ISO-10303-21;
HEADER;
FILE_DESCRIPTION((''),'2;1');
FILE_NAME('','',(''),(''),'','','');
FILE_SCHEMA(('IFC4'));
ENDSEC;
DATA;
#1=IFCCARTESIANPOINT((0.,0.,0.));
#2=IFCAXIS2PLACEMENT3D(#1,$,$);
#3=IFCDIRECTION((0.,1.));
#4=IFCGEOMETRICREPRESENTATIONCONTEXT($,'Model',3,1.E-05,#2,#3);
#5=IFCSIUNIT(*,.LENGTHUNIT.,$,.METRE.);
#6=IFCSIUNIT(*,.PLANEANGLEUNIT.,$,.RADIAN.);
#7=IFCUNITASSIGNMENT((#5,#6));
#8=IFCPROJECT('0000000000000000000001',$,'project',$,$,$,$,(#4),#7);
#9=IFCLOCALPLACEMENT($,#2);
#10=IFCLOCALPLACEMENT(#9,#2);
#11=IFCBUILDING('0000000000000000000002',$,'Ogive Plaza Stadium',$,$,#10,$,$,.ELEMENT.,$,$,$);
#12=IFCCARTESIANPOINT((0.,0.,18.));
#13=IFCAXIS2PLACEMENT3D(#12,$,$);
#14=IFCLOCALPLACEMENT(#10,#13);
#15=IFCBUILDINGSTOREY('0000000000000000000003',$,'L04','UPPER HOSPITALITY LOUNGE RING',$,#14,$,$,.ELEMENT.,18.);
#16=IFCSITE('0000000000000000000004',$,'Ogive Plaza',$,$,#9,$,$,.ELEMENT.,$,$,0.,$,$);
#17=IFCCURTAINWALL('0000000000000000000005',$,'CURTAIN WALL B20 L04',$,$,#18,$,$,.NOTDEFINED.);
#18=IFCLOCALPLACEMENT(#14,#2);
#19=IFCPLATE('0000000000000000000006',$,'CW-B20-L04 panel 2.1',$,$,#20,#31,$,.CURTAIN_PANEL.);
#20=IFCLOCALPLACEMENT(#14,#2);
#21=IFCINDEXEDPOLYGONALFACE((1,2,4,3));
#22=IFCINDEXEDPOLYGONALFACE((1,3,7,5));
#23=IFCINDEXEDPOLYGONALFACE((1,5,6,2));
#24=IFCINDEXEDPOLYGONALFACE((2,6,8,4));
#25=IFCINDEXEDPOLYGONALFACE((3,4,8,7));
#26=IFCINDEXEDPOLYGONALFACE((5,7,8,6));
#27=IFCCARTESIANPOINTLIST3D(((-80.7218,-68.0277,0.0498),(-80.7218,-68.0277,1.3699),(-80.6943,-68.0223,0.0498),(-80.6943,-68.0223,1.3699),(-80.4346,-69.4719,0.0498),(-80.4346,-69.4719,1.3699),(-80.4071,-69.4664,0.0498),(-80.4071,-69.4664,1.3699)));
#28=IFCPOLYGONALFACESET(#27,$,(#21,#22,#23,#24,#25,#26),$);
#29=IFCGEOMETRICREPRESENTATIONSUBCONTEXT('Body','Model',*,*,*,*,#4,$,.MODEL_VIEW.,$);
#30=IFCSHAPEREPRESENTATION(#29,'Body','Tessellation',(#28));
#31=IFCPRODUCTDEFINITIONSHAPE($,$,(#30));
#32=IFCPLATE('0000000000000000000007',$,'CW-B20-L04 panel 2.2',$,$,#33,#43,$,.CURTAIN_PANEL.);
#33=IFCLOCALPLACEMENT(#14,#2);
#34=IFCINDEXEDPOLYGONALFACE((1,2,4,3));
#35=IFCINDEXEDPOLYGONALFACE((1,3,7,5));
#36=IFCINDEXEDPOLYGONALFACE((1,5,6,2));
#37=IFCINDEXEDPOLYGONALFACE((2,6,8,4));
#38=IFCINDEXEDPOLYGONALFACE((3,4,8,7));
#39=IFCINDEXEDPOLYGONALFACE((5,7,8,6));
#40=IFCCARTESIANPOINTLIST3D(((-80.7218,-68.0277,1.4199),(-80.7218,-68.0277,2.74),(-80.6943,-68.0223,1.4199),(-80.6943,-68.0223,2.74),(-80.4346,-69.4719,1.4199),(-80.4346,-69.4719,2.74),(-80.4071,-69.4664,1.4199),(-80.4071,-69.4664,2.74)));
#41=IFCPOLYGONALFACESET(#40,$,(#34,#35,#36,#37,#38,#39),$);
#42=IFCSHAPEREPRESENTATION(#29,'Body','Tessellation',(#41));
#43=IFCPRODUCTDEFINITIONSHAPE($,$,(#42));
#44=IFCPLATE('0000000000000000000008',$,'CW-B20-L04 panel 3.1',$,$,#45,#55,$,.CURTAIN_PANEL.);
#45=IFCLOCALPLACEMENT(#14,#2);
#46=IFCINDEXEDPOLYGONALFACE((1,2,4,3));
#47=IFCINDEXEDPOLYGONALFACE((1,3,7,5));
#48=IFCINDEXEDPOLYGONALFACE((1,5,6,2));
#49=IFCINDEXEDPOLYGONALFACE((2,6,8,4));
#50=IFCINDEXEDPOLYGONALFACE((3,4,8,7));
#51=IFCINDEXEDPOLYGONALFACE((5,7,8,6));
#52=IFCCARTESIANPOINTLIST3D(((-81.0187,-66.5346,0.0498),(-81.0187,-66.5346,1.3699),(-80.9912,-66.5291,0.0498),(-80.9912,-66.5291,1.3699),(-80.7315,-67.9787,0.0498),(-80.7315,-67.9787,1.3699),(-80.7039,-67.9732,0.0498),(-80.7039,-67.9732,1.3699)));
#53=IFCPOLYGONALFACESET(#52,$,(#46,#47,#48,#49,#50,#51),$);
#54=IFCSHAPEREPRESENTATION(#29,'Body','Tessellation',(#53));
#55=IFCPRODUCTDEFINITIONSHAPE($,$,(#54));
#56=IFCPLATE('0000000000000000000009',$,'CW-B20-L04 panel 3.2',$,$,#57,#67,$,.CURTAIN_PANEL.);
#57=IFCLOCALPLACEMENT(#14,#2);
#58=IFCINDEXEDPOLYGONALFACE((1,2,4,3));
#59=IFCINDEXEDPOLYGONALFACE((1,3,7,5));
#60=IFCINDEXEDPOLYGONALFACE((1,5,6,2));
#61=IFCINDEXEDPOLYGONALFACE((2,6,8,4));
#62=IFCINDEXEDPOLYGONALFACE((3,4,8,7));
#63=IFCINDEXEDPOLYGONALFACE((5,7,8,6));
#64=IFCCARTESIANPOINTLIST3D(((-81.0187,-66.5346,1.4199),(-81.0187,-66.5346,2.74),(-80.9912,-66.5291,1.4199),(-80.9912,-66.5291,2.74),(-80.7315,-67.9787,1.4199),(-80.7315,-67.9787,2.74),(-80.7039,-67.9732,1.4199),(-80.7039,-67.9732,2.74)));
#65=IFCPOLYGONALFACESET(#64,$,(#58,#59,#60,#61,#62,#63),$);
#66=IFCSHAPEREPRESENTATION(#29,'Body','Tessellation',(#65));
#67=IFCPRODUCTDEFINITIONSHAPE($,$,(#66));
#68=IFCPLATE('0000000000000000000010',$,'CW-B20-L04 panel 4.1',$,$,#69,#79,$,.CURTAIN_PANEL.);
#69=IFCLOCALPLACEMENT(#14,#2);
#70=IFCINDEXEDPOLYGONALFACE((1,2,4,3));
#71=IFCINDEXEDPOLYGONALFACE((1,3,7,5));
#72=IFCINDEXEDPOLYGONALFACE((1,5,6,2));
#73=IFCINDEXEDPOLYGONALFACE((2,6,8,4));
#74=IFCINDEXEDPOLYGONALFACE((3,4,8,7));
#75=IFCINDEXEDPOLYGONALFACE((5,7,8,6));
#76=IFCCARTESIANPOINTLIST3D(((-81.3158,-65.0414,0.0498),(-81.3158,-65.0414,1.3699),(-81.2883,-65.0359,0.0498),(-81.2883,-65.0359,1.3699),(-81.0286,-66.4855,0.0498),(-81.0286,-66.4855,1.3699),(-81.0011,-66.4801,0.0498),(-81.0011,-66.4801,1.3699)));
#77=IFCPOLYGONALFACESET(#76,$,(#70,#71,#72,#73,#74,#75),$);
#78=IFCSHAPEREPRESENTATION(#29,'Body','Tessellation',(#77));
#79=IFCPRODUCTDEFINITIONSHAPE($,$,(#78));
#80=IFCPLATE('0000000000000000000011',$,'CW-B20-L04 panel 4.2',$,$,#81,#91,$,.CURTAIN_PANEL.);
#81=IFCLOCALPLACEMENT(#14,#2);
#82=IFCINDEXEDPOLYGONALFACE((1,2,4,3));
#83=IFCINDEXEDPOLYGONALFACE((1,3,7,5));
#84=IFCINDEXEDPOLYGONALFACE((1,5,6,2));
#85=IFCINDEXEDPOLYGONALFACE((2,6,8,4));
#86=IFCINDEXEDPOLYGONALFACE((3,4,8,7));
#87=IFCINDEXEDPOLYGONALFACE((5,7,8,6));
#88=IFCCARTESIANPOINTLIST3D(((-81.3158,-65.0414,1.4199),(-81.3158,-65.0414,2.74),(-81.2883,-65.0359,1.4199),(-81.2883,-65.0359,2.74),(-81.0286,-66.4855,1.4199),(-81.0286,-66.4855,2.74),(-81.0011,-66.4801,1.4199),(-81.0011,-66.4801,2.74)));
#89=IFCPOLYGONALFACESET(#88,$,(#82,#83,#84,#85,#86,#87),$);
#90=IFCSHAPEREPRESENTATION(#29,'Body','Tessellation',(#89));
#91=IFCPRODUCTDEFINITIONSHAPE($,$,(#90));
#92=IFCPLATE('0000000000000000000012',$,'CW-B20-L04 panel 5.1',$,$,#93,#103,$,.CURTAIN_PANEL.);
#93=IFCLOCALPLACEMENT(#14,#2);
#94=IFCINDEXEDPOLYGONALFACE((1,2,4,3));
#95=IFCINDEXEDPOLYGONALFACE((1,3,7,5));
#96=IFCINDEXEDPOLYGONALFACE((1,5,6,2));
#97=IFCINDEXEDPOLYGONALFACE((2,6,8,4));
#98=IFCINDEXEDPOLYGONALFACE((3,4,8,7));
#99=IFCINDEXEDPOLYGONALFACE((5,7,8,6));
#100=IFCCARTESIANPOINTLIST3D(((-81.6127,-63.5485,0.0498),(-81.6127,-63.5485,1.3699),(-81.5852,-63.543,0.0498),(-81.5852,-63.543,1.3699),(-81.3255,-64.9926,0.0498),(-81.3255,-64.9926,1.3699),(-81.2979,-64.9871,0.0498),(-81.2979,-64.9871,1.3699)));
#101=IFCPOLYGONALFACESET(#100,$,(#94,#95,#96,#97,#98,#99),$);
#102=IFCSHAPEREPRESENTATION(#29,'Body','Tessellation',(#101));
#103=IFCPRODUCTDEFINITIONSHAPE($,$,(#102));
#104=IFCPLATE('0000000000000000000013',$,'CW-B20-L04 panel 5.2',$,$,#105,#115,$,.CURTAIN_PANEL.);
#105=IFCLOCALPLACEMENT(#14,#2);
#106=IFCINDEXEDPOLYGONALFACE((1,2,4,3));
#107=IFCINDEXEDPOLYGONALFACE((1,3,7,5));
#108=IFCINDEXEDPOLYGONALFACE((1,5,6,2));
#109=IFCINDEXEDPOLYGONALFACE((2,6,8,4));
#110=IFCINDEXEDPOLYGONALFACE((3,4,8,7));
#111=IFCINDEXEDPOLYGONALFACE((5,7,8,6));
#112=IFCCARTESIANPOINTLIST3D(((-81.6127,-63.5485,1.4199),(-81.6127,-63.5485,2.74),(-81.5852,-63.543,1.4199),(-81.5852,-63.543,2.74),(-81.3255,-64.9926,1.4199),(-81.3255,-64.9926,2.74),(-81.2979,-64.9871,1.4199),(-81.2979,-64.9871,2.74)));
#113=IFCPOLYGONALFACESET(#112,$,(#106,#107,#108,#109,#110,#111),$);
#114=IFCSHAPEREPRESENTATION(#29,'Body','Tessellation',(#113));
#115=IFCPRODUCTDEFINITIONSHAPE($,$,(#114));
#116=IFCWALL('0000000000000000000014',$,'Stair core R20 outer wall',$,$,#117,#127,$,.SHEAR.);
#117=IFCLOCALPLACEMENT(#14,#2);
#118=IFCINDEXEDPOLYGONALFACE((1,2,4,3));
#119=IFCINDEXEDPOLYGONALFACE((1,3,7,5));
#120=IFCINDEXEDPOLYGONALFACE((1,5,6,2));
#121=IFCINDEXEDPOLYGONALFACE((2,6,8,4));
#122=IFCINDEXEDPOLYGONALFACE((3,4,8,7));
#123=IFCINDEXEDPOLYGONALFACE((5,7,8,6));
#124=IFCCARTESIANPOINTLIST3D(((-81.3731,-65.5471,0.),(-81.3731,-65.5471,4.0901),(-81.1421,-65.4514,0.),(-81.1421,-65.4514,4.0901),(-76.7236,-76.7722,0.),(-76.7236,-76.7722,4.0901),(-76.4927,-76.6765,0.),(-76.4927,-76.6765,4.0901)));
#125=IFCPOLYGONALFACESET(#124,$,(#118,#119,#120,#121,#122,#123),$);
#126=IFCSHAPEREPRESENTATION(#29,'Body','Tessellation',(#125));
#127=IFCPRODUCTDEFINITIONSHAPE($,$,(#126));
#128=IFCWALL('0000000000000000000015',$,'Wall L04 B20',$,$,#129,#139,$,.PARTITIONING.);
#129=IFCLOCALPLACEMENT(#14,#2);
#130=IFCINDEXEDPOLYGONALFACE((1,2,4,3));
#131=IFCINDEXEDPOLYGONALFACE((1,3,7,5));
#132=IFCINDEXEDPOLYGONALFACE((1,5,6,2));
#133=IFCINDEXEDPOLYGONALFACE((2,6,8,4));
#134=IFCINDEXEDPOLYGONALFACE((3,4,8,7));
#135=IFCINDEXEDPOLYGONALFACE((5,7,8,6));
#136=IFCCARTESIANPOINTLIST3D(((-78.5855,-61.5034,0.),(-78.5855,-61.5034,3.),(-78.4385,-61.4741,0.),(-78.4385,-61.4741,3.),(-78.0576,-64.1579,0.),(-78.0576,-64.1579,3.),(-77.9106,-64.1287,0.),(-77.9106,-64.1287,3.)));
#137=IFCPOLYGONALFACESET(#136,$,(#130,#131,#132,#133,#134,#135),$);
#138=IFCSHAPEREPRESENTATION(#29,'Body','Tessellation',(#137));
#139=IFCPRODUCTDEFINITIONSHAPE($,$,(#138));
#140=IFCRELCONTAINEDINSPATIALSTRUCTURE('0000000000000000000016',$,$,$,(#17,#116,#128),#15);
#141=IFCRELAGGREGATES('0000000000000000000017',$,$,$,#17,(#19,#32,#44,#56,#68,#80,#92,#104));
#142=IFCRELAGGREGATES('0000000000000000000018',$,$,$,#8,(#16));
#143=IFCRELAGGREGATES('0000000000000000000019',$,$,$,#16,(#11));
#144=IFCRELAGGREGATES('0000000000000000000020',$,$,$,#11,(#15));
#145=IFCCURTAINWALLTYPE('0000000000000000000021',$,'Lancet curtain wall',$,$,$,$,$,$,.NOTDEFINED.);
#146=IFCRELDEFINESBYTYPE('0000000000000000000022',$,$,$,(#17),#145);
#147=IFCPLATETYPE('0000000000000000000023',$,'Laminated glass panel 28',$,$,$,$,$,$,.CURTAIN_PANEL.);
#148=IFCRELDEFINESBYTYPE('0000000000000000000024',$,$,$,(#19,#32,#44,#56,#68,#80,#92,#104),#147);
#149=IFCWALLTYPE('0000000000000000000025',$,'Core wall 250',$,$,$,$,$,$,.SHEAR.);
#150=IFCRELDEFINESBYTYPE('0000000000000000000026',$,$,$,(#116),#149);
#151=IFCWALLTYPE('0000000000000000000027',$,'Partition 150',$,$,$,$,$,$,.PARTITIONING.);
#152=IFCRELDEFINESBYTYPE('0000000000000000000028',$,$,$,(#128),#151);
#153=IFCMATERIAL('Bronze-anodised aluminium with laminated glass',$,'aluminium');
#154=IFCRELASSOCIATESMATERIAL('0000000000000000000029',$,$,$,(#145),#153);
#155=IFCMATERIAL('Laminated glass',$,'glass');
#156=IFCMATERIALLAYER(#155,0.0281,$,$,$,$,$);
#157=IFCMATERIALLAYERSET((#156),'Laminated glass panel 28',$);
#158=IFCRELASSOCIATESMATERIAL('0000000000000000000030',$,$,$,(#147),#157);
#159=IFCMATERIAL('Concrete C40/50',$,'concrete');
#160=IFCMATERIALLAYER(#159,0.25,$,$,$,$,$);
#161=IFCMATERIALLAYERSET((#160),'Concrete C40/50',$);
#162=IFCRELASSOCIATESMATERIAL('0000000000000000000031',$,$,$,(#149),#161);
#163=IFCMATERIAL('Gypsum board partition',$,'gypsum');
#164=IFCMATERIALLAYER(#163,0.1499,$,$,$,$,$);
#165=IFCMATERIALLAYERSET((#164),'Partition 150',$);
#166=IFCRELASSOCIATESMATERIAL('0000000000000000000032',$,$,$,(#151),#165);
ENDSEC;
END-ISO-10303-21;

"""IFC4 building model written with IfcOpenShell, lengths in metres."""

from ifc_helpers import new_model, si_unit, direction, frame, frame_2d, origin, origin_2d, place, context, subcontext, project, spatial, rectangle, extrude, material, layer, layer_set, type_object, element, aggregate, save


model = new_model("IFC4")

# Units and contexts
model_context = context("Model", 3, precision=1e-05, world=origin(), true_north=direction((0.0, 1.0)))
body_context = subcontext(model_context, "Body", "Model", "MODEL_VIEW")
ifc_project = project(units=[si_unit("LENGTHUNIT", "METRE"), si_unit("PLANEANGLEUNIT", "RADIAN")], contexts=[model_context])

# Site, building, storey
site_placement = place(None, origin())
site = spatial("IfcSite", under=ifc_project, at=site_placement, Name="Ogive Plaza", CompositionType="ELEMENT", RefElevation=0.0)
building_placement = place(site_placement, origin())
building = spatial("IfcBuilding", under=site, at=building_placement, Name="Ogive Plaza Stadium", CompositionType="ELEMENT")
storey_placement = place(building_placement, frame((0.0, 0.0, 18.0)))
storey = spatial("IfcBuildingStorey", under=building, at=storey_placement, Name="L04", Description="UPPER HOSPITALITY LOUNGE RING", CompositionType="ELEMENT", Elevation=18.0)

# Curtain wall, plates
ifc_material_1 = material(Name="Bronze-anodised aluminium with laminated glass", Category="aluminium")
curtain_wall_type = type_object("IfcCurtainWallType", Name="Lancet curtain wall", PredefinedType="NOTDEFINED", material=ifc_material_1)
curtain_wall_placement = place(storey_placement, origin())
curtain_wall = element("IfcCurtainWall", 1, at=curtain_wall_placement, inside=storey, type_object=curtain_wall_type, Name="CURTAIN WALL B20 L04", PredefinedType="NOTDEFINED")
ifc_material_2 = material(Name="Laminated glass", Category="glass")
ifc_layer_1 = layer(ifc_material_2, 0.0281)
ifc_layer_set_1 = layer_set([ifc_layer_1], Name="Laminated glass panel 28")
plate_type = type_object("IfcPlateType", Name="Laminated glass panel 28", PredefinedType="CURTAIN_PANEL", material=ifc_layer_set_1)
plate_1_placement = place(storey_placement, frame((-80.5645, -68.7471, 0.0498), z_axis=(0.0, 0.0, 1.0), x_axis=(-0.19509, 0.980785, 0.0)))
plate_1 = element("IfcPlate", 2, at=plate_1_placement, type_object=plate_type, Name="CW-B20-L04 panel 2.1", PredefinedType="CURTAIN_PANEL", context=body_context, shape_type="SweptSolid", body=[
    extrude(rectangle(XDim=1.4724, YDim=0.0281, at=origin_2d()), origin(), (0.0, 0.0, 1.0), 1.3201),
])
plate_2_placement = place(storey_placement, frame((-80.5645, -68.7471, 1.4199), z_axis=(0.0, 0.0, 1.0), x_axis=(-0.19509, 0.980785, 0.0)))
plate_2 = element("IfcPlate", 3, at=plate_2_placement, type_object=plate_type, Name="CW-B20-L04 panel 2.2", PredefinedType="CURTAIN_PANEL", context=body_context, shape_type="SweptSolid", body=[
    extrude(rectangle(XDim=1.4724, YDim=0.0281, at=origin_2d()), origin(), (0.0, 0.0, 1.0), 1.3201),
])
plate_3_placement = place(storey_placement, frame((-80.8613, -67.2539, 0.0498), z_axis=(0.0, 0.0, 1.0), x_axis=(-0.19509, 0.980785, 0.0)))
plate_3 = element("IfcPlate", 4, at=plate_3_placement, type_object=plate_type, Name="CW-B20-L04 panel 3.1", PredefinedType="CURTAIN_PANEL", context=body_context, shape_type="SweptSolid", body=[
    extrude(rectangle(XDim=1.4724, YDim=0.0281, at=origin_2d()), origin(), (0.0, 0.0, 1.0), 1.3201),
])
plate_4_placement = place(storey_placement, frame((-80.8613, -67.2539, 1.4199), z_axis=(0.0, 0.0, 1.0), x_axis=(-0.19509, 0.980785, 0.0)))
plate_4 = element("IfcPlate", 5, at=plate_4_placement, type_object=plate_type, Name="CW-B20-L04 panel 3.2", PredefinedType="CURTAIN_PANEL", context=body_context, shape_type="SweptSolid", body=[
    extrude(rectangle(XDim=1.4724, YDim=0.0281, at=origin_2d()), origin(), (0.0, 0.0, 1.0), 1.3201),
])
plate_5_placement = place(storey_placement, frame((-81.1584, -65.7607, 0.0498), z_axis=(0.0, 0.0, 1.0), x_axis=(-0.19509, 0.980785, 0.0)))
plate_5 = element("IfcPlate", 6, at=plate_5_placement, type_object=plate_type, Name="CW-B20-L04 panel 4.1", PredefinedType="CURTAIN_PANEL", context=body_context, shape_type="SweptSolid", body=[
    extrude(rectangle(XDim=1.4724, YDim=0.0281, at=origin_2d()), origin(), (0.0, 0.0, 1.0), 1.3201),
])
plate_6_placement = place(storey_placement, frame((-81.1584, -65.7607, 1.4199), z_axis=(0.0, 0.0, 1.0), x_axis=(-0.19509, 0.980785, 0.0)))
plate_6 = element("IfcPlate", 7, at=plate_6_placement, type_object=plate_type, Name="CW-B20-L04 panel 4.2", PredefinedType="CURTAIN_PANEL", context=body_context, shape_type="SweptSolid", body=[
    extrude(rectangle(XDim=1.4724, YDim=0.0281, at=origin_2d()), origin(), (0.0, 0.0, 1.0), 1.3201),
])
plate_7_placement = place(storey_placement, frame((-81.4553, -64.2678, 0.0498), z_axis=(0.0, 0.0, 1.0), x_axis=(-0.19509, 0.980785, 0.0)))
plate_7 = element("IfcPlate", 8, at=plate_7_placement, type_object=plate_type, Name="CW-B20-L04 panel 5.1", PredefinedType="CURTAIN_PANEL", context=body_context, shape_type="SweptSolid", body=[
    extrude(rectangle(XDim=1.4724, YDim=0.0281, at=origin_2d()), origin(), (0.0, 0.0, 1.0), 1.3201),
])
plate_8_placement = place(storey_placement, frame((-81.4553, -64.2678, 1.4199), z_axis=(0.0, 0.0, 1.0), x_axis=(-0.19509, 0.980785, 0.0)))
plate_8 = element("IfcPlate", 9, at=plate_8_placement, type_object=plate_type, Name="CW-B20-L04 panel 5.2", PredefinedType="CURTAIN_PANEL", context=body_context, shape_type="SweptSolid", body=[
    extrude(rectangle(XDim=1.4724, YDim=0.0281, at=origin_2d()), origin(), (0.0, 0.0, 1.0), 1.3201),
])
aggregate(curtain_wall, [plate_1, plate_2, plate_3, plate_4, plate_5, plate_6, plate_7, plate_8])

# Walls
ifc_material_3 = material(Name="Concrete C40/50", Category="concrete")
ifc_layer_2 = layer(ifc_material_3, 0.25)
ifc_layer_set_2 = layer_set([ifc_layer_2], Name="Concrete C40/50")
wall_type_1 = type_object("IfcWallType", Name="Core wall 250", PredefinedType="SHEAR", material=ifc_layer_set_2)
wall_1_placement = place(storey_placement, frame((-81.2576, -65.4993, 0.0), z_axis=(0.0, 0.0, 1.0), x_axis=(0.382671, -0.923885, 0.0)))
element("IfcWall", 10, at=wall_1_placement, inside=storey, type_object=wall_type_1, Name="Stair core R20 outer wall", PredefinedType="SHEAR", context=body_context, shape_type="SweptSolid", body=[
    extrude(rectangle(XDim=12.1499, YDim=0.25, at=frame_2d((6.075, 0.0))), origin(), (0.0, 0.0, 1.0), 4.0901),
])
ifc_material_4 = material(Name="Gypsum board partition", Category="gypsum")
ifc_layer_3 = layer(ifc_material_4, 0.1499)
ifc_layer_set_3 = layer_set([ifc_layer_3], Name="Partition 150")
wall_type_2 = type_object("IfcWallType", Name="Partition 150", PredefinedType="PARTITIONING", material=ifc_layer_set_3)
wall_2_placement = place(storey_placement, frame((-77.9841, -64.1433, 0.0), z_axis=(0.0, 0.0, 1.0), x_axis=(-0.195023, 0.980799, 0.0)))
element("IfcWall", 11, at=wall_2_placement, inside=storey, type_object=wall_type_2, Name="Wall L04 B20", PredefinedType="PARTITIONING", context=body_context, shape_type="SweptSolid", body=[
    extrude(rectangle(XDim=2.7065, YDim=0.1499, at=frame_2d((1.3533, 0.0))), origin(), (0.0, 0.0, 1.0), 3.0),
])

save(model, "model.ifc")
